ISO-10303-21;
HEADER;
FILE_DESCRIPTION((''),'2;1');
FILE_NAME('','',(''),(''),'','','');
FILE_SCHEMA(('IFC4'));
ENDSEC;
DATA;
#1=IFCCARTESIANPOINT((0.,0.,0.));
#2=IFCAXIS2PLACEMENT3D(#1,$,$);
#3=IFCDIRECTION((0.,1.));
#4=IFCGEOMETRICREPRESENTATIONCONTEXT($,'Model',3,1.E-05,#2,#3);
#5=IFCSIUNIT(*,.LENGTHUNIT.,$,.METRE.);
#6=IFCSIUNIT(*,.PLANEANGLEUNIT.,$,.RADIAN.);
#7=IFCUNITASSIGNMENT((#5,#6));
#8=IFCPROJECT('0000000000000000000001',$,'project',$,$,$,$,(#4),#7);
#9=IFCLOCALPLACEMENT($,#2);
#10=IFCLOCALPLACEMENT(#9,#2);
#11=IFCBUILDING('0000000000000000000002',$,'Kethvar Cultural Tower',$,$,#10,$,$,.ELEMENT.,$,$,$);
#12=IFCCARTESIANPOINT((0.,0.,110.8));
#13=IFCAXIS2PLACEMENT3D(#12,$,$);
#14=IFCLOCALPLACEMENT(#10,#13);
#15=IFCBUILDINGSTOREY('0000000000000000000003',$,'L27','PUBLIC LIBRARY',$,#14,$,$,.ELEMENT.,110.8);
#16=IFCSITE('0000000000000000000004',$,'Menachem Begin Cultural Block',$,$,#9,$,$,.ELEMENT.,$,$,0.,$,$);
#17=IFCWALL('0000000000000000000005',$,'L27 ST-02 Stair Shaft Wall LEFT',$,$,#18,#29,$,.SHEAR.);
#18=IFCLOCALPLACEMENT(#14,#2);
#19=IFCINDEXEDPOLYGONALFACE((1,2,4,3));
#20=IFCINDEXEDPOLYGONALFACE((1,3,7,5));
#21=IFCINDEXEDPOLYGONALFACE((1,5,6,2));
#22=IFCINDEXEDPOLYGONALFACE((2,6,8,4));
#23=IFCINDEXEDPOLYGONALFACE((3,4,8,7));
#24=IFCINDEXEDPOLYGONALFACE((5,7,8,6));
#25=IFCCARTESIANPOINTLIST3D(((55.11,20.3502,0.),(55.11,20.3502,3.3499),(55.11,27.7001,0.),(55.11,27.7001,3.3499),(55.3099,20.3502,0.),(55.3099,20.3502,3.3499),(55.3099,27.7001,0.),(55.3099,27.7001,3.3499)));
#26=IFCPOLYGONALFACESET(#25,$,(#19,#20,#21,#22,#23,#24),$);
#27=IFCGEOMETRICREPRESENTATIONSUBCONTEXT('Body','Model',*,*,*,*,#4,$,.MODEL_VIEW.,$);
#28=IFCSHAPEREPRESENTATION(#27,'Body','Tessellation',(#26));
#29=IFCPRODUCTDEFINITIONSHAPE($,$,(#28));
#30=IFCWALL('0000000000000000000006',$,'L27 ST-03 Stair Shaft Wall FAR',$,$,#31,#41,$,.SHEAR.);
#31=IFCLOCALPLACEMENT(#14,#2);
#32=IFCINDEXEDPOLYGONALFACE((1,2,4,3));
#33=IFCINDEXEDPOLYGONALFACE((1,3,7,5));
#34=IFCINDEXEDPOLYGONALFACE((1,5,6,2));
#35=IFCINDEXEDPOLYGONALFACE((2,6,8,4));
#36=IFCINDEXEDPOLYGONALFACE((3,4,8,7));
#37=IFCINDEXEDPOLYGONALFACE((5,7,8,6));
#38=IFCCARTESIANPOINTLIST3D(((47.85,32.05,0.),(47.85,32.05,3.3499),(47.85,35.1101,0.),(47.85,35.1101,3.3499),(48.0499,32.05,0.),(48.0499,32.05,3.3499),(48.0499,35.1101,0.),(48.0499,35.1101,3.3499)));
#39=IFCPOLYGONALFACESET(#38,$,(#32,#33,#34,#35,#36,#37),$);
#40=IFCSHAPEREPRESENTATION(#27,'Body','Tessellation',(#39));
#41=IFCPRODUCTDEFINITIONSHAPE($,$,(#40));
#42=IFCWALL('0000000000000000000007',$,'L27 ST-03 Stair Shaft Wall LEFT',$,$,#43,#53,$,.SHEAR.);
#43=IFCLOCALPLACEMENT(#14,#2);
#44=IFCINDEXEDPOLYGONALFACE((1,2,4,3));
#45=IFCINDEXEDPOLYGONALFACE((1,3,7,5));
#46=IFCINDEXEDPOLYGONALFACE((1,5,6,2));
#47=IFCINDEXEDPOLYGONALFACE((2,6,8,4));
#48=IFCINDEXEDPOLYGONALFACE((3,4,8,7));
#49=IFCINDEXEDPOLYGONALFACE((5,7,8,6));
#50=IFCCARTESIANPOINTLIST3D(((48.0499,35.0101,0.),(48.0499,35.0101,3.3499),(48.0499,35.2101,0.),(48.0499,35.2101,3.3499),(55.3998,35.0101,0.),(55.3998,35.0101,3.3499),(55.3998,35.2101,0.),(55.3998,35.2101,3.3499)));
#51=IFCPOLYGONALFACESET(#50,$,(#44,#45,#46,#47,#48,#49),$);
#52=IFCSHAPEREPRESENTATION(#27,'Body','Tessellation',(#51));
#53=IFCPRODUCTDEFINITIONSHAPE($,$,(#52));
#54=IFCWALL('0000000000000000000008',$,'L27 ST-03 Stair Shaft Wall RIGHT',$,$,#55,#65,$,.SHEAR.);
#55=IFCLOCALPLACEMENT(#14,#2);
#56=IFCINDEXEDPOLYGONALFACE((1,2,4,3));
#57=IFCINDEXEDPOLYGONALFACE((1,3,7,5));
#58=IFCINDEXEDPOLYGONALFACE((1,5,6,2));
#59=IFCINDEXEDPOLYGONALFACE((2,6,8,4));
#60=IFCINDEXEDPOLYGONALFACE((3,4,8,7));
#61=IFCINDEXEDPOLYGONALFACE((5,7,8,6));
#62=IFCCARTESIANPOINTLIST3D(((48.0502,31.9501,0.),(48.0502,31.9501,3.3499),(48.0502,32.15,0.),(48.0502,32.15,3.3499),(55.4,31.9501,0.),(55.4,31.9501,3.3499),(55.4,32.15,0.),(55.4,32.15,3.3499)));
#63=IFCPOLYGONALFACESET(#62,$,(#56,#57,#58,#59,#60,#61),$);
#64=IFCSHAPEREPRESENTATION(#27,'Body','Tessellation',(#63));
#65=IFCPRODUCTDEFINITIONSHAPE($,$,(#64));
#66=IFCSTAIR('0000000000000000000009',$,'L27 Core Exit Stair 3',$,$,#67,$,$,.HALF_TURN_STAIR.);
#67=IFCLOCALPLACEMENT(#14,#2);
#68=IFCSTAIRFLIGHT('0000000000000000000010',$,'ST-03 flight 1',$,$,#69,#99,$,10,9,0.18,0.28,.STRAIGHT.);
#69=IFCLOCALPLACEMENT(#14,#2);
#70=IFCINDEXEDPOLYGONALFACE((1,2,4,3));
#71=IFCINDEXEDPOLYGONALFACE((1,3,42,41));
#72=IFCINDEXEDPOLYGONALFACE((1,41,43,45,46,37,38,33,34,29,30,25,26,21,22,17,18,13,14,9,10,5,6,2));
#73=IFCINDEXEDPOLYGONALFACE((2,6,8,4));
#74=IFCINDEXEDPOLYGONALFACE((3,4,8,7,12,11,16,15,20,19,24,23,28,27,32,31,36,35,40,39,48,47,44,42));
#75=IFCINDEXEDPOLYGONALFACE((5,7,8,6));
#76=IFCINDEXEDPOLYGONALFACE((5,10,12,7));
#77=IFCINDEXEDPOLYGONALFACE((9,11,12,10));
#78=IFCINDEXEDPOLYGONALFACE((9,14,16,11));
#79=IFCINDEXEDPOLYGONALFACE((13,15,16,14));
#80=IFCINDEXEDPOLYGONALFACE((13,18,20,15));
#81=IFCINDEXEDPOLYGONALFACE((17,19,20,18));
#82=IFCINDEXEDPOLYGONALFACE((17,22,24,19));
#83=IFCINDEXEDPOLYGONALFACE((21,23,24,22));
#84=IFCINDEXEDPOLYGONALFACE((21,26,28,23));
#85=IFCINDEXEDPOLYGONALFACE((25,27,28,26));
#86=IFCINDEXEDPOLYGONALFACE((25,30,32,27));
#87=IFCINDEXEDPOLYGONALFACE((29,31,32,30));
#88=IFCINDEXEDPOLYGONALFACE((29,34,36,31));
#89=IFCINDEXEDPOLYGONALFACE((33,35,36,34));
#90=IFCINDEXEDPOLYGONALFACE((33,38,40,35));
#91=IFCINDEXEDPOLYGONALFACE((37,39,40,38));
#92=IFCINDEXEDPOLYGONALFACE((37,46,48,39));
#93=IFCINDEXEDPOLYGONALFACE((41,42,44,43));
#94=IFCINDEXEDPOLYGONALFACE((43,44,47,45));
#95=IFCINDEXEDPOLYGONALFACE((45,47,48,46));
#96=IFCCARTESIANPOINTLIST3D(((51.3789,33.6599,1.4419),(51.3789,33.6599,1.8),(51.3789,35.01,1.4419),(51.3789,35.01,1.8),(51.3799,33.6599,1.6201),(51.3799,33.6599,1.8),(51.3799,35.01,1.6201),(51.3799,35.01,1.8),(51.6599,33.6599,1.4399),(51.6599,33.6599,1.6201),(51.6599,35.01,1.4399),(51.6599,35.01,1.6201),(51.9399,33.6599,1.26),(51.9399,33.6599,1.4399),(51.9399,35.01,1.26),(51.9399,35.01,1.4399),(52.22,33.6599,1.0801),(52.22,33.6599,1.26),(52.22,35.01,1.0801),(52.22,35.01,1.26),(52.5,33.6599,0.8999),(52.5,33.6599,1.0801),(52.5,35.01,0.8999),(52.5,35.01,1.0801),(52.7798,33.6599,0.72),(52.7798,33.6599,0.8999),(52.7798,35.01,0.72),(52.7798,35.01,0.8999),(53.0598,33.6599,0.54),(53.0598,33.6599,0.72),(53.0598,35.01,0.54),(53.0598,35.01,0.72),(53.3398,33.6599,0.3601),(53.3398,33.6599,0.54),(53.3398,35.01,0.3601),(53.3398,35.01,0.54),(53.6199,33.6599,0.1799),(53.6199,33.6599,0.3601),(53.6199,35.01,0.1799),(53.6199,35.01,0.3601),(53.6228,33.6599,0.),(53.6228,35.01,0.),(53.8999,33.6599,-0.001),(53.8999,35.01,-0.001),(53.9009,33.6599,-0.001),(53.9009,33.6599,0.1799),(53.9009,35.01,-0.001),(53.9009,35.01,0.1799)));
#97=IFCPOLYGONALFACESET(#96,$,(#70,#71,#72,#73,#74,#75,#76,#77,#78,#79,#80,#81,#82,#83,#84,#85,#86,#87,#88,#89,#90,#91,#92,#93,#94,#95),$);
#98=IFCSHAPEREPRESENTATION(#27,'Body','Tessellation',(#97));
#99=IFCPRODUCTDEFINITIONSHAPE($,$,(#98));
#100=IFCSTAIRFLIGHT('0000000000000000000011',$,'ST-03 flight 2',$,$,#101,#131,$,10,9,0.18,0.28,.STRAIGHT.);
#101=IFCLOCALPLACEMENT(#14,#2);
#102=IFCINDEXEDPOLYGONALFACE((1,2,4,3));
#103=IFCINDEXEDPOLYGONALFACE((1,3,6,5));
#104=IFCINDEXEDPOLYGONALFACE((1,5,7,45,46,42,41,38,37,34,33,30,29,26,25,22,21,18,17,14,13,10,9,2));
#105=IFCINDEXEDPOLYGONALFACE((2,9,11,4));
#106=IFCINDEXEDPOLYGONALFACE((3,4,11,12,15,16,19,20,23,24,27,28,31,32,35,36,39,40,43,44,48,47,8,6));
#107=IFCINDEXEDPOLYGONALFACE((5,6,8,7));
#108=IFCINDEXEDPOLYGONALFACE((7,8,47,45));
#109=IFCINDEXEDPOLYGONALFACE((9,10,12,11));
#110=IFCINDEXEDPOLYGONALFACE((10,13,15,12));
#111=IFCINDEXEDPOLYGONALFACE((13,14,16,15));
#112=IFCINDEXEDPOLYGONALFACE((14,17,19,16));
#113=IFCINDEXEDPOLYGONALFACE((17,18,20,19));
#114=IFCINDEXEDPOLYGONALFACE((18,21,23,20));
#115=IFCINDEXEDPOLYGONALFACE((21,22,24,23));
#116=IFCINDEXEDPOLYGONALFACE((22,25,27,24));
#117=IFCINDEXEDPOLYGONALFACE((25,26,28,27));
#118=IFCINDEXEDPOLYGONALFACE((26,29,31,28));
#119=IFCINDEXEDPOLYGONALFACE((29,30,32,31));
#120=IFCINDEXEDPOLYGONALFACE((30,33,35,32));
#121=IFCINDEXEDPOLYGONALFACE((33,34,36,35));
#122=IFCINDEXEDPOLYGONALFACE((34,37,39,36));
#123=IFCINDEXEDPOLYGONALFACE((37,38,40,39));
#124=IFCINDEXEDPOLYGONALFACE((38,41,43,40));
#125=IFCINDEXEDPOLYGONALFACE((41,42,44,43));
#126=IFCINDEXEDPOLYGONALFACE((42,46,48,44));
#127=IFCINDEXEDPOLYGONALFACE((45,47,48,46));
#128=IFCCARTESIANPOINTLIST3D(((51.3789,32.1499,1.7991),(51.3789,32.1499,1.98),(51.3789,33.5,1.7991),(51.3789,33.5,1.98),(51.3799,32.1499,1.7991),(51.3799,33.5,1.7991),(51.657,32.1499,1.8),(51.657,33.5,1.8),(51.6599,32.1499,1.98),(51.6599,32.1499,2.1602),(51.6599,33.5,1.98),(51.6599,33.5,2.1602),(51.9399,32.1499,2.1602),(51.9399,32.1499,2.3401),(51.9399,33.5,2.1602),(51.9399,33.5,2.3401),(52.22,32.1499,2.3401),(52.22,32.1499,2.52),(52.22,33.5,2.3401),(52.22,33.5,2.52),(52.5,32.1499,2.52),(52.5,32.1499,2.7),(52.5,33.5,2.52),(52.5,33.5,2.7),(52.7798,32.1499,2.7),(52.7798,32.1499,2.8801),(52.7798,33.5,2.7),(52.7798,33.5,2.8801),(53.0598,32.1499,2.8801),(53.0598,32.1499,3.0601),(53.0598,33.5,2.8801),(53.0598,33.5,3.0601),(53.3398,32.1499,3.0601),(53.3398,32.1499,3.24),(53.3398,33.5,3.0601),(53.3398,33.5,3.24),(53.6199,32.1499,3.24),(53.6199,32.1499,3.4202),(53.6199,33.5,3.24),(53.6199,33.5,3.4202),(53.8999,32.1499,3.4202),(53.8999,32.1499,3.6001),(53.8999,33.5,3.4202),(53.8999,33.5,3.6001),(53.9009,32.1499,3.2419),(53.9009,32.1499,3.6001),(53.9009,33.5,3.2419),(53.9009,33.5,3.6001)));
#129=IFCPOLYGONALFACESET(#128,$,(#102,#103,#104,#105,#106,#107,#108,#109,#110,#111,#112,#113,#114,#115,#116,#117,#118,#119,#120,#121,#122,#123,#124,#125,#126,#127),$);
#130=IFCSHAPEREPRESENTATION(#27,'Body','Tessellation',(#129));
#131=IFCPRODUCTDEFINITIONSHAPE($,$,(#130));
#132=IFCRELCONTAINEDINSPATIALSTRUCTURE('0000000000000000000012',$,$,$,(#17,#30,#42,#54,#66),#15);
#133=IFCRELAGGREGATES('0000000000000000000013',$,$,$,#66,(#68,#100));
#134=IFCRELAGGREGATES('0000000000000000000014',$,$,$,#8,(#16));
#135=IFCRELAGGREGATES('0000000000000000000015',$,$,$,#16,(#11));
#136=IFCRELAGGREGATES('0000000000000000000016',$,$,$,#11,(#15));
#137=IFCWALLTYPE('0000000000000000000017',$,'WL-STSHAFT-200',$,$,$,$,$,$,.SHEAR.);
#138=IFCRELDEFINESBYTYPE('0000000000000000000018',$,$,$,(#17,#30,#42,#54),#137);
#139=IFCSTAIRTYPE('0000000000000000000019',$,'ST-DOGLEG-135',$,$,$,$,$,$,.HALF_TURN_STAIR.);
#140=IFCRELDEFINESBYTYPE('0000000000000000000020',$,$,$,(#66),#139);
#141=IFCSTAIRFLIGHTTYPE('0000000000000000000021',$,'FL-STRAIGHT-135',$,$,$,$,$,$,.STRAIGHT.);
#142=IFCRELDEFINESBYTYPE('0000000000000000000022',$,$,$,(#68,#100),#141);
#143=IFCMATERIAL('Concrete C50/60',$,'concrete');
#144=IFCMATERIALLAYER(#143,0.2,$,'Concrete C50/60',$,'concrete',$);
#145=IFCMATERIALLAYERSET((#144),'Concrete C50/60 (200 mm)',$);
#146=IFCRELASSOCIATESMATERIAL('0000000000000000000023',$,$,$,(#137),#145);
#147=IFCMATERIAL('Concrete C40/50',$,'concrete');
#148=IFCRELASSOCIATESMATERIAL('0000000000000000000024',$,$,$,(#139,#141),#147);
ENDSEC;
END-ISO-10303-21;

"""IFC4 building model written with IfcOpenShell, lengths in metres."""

from ifc_helpers import new_model, si_unit, direction, frame, frame_2d, origin, place, context, subcontext, project, spatial, polyline, rectangle, outline, extrude, material, layer, layer_set, type_object, element, aggregate, save


model = new_model("IFC4")

# Units and contexts
model_context = context("Model", 3, precision=1e-05, world=origin(), true_north=direction((0.0, 1.0)))
body_context = subcontext(model_context, "Body", "Model", "MODEL_VIEW")
ifc_project = project(units=[si_unit("LENGTHUNIT", "METRE"), si_unit("PLANEANGLEUNIT", "RADIAN")], contexts=[model_context])

# Site, building, storey
site_placement = place(None, origin())
site = spatial("IfcSite", under=ifc_project, at=site_placement, Name="Menachem Begin Cultural Block", CompositionType="ELEMENT", RefElevation=0.0)
building_placement = place(site_placement, origin())
building = spatial("IfcBuilding", under=site, at=building_placement, Name="Kethvar Cultural Tower", CompositionType="ELEMENT")
storey_placement = place(building_placement, frame((0.0, 0.0, 110.8)))
storey = spatial("IfcBuildingStorey", under=building, at=storey_placement, Name="L27", Description="PUBLIC LIBRARY", CompositionType="ELEMENT", Elevation=110.8)

# Walls
ifc_material_1 = material(Name="Concrete C40/50", Category="concrete")
ifc_material_2 = material(Name="Concrete C50/60", Category="concrete")
ifc_layer_1 = layer(ifc_material_2, 0.2, Name="Concrete C50/60", Category="concrete")
ifc_layer_set_1 = layer_set([ifc_layer_1], Name="Concrete C50/60 (200 mm)")
wall_type_1 = type_object("IfcWallType", Name="WL-STSHAFT-200", PredefinedType="SHEAR", material=ifc_layer_set_1)
wall_1_placement = place(storey_placement, frame((55.21, 27.7, 0.0), z_axis=(0.0, 0.0, 1.0), x_axis=(0.0, -1.0, 0.0)))
element("IfcWall", 1, at=wall_1_placement, inside=storey, type_object=wall_type_1, Name="L27 ST-02 Stair Shaft Wall LEFT", PredefinedType="SHEAR", context=body_context, shape_type="SweptSolid", body=[
    extrude(rectangle(XDim=7.3499, YDim=0.2, at=frame_2d((3.6748, 0.0))), origin(), (0.0, 0.0, 1.0), 3.3499),
])
wall_2_placement = place(storey_placement, frame((47.95, 32.05, 0.0), z_axis=(0.0, 0.0, 1.0), x_axis=(0.0, 1.0, 0.0)))
element("IfcWall", 2, at=wall_2_placement, inside=storey, type_object=wall_type_1, Name="L27 ST-03 Stair Shaft Wall FAR", PredefinedType="SHEAR", context=body_context, shape_type="SweptSolid", body=[
    extrude(rectangle(XDim=3.0601, YDim=0.2, at=frame_2d((1.53, 0.0))), origin(), (0.0, 0.0, 1.0), 3.3499),
])
for number, where, z_axis, x_axis, name in (
    (3, (48.05, 35.1101, 0.0), (0.0, 0.0, 1.0), (1.0, 0.0, 0.0), "L27 ST-03 Stair Shaft Wall LEFT"),
    (4, (55.3999, 32.05, 0.0), (0.0, 0.0, 1.0), (-1.0, 0.0, 0.0), "L27 ST-03 Stair Shaft Wall RIGHT"),
):
    element("IfcWall", number, at=place(storey_placement, frame(where, z_axis=z_axis, x_axis=x_axis)), inside=storey, type_object=wall_type_1, Name=name, PredefinedType="SHEAR", context=body_context, shape_type="SweptSolid", body=[
        extrude(rectangle(XDim=7.3499, YDim=0.2, at=frame_2d((3.6748, 0.0))), origin(), (0.0, 0.0, 1.0), 3.3499),
    ])

# Stair, stair flights
stair_type = type_object("IfcStairType", Name="ST-DOGLEG-135", PredefinedType="HALF_TURN_STAIR", material=ifc_material_1)
stair_placement = place(storey_placement, origin())
stair = element("IfcStair", 5, at=stair_placement, inside=storey, type_object=stair_type, Name="L27 Core Exit Stair 3", PredefinedType="HALF_TURN_STAIR")
stair_flight_type = type_object("IfcStairFlightType", Name="FL-STRAIGHT-135", PredefinedType="STRAIGHT", material=ifc_material_1)
stair_flight_1_placement = place(storey_placement, frame((53.8999, 34.335, 0.0), z_axis=(0.0, 0.0, 1.0), x_axis=(-1.0, 0.0, 0.0)))
stair_flight_1 = element("IfcStairFlight", 6, at=stair_flight_1_placement, type_object=stair_flight_type, Name="ST-03 flight 1", NumberOfRisers=10, NumberOfTreads=9, PredefinedType="STRAIGHT", RiserHeight=0.18, TreadLength=0.28, context=body_context, shape_type="SweptSolid", body=[
    extrude(outline(polyline([(-0.001, -0.001), (-0.001, 0.1799), (0.28, 0.1799), (0.28, 0.3601), (0.5601, 0.3601), (0.5601, 0.54), (0.8401, 0.54), (0.8401, 0.72), (1.1201, 0.72), (1.1201, 0.8999), (1.3999, 0.8999), (1.3999, 1.0801), (1.6799, 1.0801), (1.6799, 1.26), (1.96, 1.26), (1.96, 1.4399), (2.24, 1.4399), (2.24, 1.6201), (2.52, 1.6201), (2.52, 1.8), (2.521, 1.8), (2.521, 1.4419), (0.2771, 0.0), (0.0, -0.001), (-0.001, -0.001)])), frame((0.0, 0.675, 0.0), z_axis=(0.0, -1.0, 0.0), x_axis=(1.0, 0.0, 0.0)), (0.0, 0.0, 1.0), 1.3501),
])
stair_flight_2_placement = place(storey_placement, frame((51.3799, 32.825, 1.8), z_axis=(0.0, 0.0, 1.0), x_axis=(1.0, 0.0, 0.0)))
stair_flight_2 = element("IfcStairFlight", 7, at=stair_flight_2_placement, type_object=stair_flight_type, Name="ST-03 flight 2", NumberOfRisers=10, NumberOfTreads=9, PredefinedType="STRAIGHT", RiserHeight=0.18, TreadLength=0.28, context=body_context, shape_type="SweptSolid", body=[
    extrude(outline(polyline([(-0.001, -0.001), (-0.001, 0.1799), (0.28, 0.1799), (0.28, 0.3601), (0.5601, 0.3601), (0.5601, 0.54), (0.8401, 0.54), (0.8401, 0.72), (1.1201, 0.72), (1.1201, 0.8999), (1.3999, 0.8999), (1.3999, 1.0801), (1.6799, 1.0801), (1.6799, 1.26), (1.96, 1.26), (1.96, 1.4399), (2.24, 1.4399), (2.24, 1.6201), (2.52, 1.6201), (2.52, 1.8), (2.521, 1.8), (2.521, 1.4419), (0.2771, 0.0), (0.0, -0.001), (-0.001, -0.001)])), frame((0.0, 0.675, 0.0), z_axis=(0.0, -1.0, 0.0), x_axis=(1.0, 0.0, 0.0)), (0.0, 0.0, 1.0), 1.3501),
])
aggregate(stair, [stair_flight_1, stair_flight_2])

save(model, "model.ifc")
